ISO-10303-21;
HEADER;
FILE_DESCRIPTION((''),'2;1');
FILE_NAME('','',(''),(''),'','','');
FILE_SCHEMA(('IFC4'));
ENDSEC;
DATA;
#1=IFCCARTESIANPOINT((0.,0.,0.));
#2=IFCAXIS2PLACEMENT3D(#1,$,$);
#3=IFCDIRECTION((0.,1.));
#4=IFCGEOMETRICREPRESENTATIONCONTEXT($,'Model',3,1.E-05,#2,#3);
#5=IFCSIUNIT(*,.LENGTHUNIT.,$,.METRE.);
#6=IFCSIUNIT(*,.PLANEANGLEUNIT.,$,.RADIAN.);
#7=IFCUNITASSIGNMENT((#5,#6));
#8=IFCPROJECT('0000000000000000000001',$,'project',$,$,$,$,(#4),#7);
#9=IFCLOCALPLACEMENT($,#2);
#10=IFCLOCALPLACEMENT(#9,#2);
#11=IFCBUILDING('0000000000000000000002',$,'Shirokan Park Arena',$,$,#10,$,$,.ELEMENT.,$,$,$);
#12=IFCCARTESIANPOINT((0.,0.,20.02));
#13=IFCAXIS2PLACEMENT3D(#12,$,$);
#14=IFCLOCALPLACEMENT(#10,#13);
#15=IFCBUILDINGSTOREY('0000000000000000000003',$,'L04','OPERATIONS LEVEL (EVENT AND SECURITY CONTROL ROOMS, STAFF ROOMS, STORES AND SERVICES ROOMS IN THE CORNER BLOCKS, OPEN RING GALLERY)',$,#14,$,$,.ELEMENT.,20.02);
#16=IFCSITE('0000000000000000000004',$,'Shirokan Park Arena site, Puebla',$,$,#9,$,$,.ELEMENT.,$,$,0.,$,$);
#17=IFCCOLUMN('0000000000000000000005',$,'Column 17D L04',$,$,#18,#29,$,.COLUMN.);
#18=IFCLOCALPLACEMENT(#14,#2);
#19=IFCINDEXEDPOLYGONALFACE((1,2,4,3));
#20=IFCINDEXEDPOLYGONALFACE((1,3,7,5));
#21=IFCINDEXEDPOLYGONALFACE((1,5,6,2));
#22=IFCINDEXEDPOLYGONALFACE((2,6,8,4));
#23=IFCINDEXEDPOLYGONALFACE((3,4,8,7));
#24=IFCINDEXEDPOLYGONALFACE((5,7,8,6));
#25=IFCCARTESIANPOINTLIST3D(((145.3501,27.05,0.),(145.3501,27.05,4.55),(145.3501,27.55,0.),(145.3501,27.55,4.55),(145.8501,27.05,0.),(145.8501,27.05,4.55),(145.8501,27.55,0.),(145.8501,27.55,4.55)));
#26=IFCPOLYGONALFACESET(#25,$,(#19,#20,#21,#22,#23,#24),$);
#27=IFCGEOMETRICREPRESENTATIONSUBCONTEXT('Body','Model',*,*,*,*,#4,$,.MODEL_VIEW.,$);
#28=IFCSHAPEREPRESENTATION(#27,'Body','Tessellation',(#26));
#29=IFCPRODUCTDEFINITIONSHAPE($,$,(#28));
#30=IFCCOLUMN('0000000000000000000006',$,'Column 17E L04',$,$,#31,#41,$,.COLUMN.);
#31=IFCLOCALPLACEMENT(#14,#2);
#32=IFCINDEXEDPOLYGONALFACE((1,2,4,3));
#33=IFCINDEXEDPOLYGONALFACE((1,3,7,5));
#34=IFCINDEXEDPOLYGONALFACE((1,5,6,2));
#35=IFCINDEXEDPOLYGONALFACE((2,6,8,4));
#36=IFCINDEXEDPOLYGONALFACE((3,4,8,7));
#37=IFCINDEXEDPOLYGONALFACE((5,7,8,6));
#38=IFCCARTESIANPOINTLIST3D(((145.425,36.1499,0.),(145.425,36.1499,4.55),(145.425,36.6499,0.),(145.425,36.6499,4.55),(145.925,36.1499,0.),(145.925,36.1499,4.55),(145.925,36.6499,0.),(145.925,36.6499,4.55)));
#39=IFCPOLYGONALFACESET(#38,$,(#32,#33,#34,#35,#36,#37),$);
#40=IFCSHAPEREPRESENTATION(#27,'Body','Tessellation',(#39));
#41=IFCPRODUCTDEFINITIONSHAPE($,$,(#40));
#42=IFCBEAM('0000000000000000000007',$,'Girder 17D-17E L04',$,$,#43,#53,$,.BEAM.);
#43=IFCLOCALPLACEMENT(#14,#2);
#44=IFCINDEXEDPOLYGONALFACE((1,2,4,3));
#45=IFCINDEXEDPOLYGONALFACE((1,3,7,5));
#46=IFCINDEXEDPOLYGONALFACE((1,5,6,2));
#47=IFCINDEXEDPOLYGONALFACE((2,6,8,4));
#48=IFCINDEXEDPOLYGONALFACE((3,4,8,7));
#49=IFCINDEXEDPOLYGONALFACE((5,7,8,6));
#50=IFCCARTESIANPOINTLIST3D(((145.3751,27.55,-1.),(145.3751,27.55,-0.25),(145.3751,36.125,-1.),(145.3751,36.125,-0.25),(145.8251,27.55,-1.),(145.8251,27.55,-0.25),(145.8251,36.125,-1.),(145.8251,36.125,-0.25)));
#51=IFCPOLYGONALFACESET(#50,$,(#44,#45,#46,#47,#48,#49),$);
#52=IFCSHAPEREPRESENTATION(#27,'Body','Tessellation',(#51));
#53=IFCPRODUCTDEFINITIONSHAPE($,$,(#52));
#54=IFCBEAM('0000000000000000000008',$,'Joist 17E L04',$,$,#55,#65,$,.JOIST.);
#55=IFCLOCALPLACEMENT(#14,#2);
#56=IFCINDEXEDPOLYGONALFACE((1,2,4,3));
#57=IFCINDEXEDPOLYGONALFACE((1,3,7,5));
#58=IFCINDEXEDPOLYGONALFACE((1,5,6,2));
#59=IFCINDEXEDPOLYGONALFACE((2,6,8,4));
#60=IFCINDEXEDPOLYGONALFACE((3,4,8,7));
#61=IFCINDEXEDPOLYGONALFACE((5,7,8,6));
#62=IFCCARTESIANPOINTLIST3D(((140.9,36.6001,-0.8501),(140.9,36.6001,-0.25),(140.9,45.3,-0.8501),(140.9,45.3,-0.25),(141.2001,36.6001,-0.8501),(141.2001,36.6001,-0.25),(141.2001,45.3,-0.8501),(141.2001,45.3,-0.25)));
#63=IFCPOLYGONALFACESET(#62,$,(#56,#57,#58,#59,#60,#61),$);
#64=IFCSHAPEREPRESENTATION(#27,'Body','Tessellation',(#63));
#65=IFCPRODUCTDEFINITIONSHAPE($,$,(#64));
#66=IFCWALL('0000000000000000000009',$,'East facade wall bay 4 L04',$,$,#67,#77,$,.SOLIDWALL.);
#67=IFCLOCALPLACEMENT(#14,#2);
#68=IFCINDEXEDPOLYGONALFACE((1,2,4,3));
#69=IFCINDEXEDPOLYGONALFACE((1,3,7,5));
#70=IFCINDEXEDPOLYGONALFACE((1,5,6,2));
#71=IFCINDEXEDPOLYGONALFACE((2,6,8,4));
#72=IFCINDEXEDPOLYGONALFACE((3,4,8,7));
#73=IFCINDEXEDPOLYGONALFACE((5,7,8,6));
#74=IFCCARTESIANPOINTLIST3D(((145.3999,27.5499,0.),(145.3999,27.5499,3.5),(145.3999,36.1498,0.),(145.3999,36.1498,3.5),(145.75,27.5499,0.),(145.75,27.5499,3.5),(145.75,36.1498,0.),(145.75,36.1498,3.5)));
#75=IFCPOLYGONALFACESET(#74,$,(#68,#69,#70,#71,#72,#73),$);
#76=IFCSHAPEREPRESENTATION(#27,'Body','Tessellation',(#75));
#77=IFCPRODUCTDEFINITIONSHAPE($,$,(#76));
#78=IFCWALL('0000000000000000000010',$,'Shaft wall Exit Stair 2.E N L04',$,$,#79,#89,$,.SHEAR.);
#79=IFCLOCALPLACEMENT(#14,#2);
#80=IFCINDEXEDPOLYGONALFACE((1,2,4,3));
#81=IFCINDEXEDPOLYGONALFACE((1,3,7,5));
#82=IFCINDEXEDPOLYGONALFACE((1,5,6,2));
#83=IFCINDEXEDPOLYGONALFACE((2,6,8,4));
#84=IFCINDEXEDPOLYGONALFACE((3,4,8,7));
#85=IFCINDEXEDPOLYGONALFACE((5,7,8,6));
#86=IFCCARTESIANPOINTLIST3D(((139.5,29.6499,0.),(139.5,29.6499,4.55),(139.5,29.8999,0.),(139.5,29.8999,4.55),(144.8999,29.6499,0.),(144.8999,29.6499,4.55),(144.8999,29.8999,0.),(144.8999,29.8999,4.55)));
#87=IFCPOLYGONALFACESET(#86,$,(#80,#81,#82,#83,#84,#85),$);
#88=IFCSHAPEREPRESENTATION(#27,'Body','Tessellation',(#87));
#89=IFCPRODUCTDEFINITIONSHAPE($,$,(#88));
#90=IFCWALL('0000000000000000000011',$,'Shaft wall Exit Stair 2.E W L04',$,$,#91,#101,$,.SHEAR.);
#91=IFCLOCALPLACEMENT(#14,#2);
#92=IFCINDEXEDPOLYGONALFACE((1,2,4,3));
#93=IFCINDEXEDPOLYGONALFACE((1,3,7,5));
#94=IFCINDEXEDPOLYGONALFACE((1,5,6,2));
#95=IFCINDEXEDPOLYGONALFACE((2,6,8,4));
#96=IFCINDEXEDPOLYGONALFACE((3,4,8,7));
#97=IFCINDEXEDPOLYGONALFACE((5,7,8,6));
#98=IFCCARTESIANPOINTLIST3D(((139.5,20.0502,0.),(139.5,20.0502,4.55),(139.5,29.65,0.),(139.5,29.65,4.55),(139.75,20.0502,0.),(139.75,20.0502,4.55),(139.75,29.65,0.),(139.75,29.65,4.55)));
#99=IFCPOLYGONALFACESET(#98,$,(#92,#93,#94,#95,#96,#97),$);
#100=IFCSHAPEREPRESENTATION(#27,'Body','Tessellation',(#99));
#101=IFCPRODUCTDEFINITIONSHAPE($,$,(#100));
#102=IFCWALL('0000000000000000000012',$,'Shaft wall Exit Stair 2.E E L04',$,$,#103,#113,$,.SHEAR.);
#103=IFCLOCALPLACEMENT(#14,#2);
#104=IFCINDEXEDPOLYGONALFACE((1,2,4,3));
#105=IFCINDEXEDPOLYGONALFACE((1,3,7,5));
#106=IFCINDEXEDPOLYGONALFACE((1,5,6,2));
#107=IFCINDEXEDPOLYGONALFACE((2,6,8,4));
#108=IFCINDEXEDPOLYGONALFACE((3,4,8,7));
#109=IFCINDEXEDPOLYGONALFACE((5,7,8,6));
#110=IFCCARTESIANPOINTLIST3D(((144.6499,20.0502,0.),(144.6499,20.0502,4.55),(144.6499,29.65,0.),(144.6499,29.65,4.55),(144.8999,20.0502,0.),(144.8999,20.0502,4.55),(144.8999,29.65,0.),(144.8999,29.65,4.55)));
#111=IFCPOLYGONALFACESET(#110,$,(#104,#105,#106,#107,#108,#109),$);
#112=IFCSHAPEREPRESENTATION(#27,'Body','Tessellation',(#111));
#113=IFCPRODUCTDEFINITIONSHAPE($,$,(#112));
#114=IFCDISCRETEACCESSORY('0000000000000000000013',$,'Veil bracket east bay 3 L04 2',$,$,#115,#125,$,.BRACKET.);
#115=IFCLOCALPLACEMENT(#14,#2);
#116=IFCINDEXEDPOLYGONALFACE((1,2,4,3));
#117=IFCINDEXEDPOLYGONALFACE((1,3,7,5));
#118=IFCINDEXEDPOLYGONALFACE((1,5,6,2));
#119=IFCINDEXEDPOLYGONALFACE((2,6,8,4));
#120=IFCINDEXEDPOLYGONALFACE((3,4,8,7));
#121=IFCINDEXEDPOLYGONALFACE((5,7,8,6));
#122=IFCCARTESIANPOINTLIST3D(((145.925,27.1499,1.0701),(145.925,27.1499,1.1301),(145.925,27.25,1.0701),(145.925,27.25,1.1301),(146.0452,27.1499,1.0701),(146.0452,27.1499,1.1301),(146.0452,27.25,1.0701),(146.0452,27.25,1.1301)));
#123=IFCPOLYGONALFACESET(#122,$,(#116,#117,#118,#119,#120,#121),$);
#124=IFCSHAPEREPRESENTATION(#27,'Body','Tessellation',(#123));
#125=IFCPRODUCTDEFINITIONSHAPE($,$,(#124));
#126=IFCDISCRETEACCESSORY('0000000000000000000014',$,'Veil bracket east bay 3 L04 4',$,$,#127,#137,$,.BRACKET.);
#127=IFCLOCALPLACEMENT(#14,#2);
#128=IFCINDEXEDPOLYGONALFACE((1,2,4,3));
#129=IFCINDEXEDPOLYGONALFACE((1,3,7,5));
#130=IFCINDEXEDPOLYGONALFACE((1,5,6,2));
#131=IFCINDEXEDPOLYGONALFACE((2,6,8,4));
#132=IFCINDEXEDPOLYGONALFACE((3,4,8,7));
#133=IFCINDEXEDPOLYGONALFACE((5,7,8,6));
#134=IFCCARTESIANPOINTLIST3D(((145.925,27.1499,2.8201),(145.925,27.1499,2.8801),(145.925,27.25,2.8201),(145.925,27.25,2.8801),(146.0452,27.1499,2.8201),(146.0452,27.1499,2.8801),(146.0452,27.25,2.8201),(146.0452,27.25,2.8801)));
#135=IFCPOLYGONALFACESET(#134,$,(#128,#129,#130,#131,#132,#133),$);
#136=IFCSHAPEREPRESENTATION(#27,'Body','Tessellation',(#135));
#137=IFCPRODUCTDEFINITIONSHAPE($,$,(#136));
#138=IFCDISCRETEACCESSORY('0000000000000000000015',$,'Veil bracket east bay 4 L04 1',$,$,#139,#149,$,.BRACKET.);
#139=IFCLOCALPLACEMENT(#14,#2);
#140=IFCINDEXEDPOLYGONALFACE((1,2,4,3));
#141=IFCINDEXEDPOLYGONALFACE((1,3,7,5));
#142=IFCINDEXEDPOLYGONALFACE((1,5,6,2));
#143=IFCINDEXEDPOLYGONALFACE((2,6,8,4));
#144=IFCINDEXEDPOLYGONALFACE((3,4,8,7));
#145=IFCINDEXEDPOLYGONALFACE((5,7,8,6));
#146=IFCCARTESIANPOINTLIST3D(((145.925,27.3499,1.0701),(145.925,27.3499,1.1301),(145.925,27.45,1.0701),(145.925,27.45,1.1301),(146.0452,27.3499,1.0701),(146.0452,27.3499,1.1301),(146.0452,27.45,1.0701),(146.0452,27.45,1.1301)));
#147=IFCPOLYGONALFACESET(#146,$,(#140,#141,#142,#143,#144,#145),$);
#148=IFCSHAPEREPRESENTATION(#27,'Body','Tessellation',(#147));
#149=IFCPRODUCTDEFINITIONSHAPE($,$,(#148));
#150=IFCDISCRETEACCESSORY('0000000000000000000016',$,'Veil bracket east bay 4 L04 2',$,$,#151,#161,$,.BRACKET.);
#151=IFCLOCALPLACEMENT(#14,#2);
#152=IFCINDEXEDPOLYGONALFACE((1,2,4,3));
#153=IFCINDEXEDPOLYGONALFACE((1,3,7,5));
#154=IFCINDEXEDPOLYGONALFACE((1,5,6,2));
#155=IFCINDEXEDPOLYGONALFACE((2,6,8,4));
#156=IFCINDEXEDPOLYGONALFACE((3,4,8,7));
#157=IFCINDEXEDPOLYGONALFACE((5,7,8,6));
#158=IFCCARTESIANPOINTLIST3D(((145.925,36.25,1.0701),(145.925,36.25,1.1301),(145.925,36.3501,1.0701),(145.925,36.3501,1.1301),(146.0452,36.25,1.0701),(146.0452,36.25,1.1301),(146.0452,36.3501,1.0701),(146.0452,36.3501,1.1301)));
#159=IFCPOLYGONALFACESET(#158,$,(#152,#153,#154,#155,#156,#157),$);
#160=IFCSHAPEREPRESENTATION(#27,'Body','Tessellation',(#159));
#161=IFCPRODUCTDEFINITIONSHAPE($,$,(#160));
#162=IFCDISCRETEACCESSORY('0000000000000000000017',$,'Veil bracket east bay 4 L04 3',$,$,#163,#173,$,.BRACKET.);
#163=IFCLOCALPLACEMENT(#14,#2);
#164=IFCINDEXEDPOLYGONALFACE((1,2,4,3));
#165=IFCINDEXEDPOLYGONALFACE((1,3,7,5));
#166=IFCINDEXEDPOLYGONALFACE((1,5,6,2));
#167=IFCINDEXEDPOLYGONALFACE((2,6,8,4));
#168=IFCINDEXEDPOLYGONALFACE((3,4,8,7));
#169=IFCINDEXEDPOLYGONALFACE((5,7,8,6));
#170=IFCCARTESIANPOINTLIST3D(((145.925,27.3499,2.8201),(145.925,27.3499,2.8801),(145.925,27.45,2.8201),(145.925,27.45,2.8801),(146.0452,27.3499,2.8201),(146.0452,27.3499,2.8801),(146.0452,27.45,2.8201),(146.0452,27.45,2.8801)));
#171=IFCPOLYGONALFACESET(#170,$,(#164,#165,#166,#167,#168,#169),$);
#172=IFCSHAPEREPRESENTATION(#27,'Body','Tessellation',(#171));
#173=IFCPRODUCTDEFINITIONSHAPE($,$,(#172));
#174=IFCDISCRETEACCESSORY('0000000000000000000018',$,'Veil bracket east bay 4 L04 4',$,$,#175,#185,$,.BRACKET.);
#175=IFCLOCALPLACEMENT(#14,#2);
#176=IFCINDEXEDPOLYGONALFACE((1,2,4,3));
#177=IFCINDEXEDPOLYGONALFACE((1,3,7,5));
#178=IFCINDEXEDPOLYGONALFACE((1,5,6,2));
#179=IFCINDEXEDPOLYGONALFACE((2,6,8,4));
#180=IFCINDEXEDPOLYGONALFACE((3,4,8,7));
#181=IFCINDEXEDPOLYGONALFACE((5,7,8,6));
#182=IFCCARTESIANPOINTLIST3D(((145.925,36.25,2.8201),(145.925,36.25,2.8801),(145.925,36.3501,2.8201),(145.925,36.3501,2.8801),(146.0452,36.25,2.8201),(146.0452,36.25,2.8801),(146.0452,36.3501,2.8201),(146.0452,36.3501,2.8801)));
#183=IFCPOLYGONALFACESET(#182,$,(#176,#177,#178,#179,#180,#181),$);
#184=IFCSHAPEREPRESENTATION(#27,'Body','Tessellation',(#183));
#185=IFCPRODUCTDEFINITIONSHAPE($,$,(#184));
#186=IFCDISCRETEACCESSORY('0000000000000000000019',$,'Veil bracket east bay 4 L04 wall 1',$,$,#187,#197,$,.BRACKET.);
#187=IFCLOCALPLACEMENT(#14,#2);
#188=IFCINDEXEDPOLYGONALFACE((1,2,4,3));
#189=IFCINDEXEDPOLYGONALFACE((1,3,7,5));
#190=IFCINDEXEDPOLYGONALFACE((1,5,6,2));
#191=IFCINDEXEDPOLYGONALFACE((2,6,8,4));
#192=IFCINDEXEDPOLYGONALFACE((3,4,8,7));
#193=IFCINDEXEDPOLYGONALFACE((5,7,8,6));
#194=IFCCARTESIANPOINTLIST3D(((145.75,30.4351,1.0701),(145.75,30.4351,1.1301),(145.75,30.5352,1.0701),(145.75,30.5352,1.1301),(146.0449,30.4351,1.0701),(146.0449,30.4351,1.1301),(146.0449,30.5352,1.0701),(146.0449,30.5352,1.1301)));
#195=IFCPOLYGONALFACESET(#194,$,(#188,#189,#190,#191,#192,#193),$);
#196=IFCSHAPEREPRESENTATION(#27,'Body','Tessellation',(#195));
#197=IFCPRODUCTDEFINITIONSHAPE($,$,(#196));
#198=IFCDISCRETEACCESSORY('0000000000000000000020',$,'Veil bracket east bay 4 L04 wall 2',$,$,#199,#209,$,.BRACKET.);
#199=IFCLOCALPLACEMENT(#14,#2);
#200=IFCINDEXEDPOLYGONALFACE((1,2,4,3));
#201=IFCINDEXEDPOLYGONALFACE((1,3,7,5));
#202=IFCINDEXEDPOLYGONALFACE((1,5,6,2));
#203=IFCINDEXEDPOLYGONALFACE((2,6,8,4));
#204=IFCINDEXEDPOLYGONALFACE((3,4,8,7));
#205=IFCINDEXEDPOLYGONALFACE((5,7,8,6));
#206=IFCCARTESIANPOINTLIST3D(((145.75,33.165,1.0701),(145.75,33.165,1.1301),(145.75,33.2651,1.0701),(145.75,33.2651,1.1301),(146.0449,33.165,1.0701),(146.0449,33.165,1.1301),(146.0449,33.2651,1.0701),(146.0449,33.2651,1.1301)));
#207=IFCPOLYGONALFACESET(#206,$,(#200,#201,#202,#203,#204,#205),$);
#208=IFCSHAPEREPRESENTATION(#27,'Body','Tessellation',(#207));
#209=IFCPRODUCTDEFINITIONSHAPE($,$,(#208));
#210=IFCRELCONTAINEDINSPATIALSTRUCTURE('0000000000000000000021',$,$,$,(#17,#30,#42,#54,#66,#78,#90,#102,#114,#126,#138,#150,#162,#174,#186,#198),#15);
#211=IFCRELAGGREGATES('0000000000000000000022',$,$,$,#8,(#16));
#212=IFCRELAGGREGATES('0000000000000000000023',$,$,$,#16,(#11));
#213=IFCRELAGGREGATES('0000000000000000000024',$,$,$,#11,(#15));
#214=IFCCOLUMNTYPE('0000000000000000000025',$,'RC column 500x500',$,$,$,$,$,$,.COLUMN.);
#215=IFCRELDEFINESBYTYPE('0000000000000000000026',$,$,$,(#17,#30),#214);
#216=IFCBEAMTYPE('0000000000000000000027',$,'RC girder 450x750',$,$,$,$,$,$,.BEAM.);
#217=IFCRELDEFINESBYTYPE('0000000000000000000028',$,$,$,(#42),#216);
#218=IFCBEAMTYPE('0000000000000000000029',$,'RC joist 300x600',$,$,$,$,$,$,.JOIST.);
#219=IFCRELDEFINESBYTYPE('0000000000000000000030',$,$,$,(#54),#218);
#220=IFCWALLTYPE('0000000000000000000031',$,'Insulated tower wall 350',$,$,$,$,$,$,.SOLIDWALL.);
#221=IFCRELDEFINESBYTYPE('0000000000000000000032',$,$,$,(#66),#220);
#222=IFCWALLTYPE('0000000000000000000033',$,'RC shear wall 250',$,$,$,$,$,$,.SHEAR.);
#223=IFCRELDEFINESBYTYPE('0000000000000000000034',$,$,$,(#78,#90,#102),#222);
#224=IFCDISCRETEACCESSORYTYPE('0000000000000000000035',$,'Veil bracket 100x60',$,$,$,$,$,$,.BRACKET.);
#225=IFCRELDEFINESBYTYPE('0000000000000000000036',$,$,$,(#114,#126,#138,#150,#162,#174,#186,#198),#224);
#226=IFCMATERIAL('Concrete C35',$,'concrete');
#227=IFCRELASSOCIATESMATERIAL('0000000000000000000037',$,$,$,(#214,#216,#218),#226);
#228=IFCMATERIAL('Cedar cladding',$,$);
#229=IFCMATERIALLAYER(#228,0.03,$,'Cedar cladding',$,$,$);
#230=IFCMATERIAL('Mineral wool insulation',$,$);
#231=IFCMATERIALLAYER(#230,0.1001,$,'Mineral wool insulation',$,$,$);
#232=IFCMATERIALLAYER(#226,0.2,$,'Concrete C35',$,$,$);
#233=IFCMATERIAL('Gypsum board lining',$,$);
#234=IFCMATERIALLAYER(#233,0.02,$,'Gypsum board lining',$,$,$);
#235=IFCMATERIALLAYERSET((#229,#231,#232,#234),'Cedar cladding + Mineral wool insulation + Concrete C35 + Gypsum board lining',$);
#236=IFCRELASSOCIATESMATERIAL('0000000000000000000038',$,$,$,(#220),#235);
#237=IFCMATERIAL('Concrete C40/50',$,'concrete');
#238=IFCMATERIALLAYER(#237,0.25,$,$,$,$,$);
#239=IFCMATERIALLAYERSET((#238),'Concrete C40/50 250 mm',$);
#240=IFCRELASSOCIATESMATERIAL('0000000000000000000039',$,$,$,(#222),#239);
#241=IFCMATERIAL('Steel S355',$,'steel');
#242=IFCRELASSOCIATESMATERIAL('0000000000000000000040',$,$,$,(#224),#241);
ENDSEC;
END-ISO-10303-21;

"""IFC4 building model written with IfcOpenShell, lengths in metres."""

from ifc_helpers import new_model, si_unit, direction, frame, frame_2d, origin, origin_2d, place, context, subcontext, project, spatial, rectangle, extrude, material, layer, layer_set, material_profile, profile_set, type_object, element, save


model = new_model("IFC4")

# Units and contexts
model_context = context("Model", 3, precision=1e-05, world=origin(), true_north=direction((0.0, 1.0)))
body_context = subcontext(model_context, "Body", "Model", "MODEL_VIEW")
ifc_project = project(units=[si_unit("LENGTHUNIT", "METRE"), si_unit("PLANEANGLEUNIT", "RADIAN")], contexts=[model_context])

# Site, building, storey
site_placement = place(None, origin())
site = spatial("IfcSite", under=ifc_project, at=site_placement, Name="Shirokan Park Arena site, Puebla", CompositionType="ELEMENT", RefElevation=0.0)
building_placement = place(site_placement, origin())
building = spatial("IfcBuilding", under=site, at=building_placement, Name="Shirokan Park Arena", CompositionType="ELEMENT")
storey_placement = place(building_placement, frame((0.0, 0.0, 20.02)))
storey = spatial("IfcBuildingStorey", under=building, at=storey_placement, Name="L04", Description="OPERATIONS LEVEL (EVENT AND SECURITY CONTROL ROOMS, STAFF ROOMS, STORES AND SERVICES ROOMS IN THE CORNER BLOCKS, OPEN RING GALLERY)", CompositionType="ELEMENT", Elevation=20.02)

# Columns
ifc_material_1 = material(Name="Concrete C35", Category="concrete")
ifc_material_profile_1 = material_profile(ifc_material_1, rectangle(XDim=0.5, YDim=0.5, at=origin_2d()), Name="500x500")
ifc_profile_set_1 = profile_set([ifc_material_profile_1], Name="Concrete C35")
column_type = type_object("IfcColumnType", Name="RC column 500x500", PredefinedType="COLUMN", material=ifc_profile_set_1)
for number, where, z_axis, x_axis, name in (
    (1, (145.6001, 27.3, 0.0), (0.0, 0.0, 1.0), (1.0, 0.0, 0.0), "Column 17D L04"),
    (2, (145.675, 36.3999, 0.0), (0.0, 0.0, 1.0), (1.0, 0.0, 0.0), "Column 17E L04"),
):
    element("IfcColumn", number, at=place(storey_placement, frame(where, z_axis=z_axis, x_axis=x_axis)), inside=storey, type_object=column_type, Name=name, PredefinedType="COLUMN", context=body_context, shape_type="SweptSolid", body=[
        extrude(rectangle(XDim=0.5, YDim=0.5, at=origin_2d()), origin(), (0.0, 0.0, 1.0), 4.55),
    ])

# Beams
ifc_material_profile_2 = material_profile(ifc_material_1, rectangle(XDim=0.45, YDim=0.75, at=origin_2d()), Name="450x750")
ifc_profile_set_2 = profile_set([ifc_material_profile_2], Name="Concrete C35")
beam_type_1 = type_object("IfcBeamType", Name="RC girder 450x750", PredefinedType="BEAM", material=ifc_profile_set_2)
beam_1_placement = place(storey_placement, frame((145.6001, 27.55, -0.625), z_axis=(0.0, 1.0, 0.0), x_axis=(-1.0, 0.0, 0.0)))
element("IfcBeam", 3, at=beam_1_placement, inside=storey, type_object=beam_type_1, Name="Girder 17D-17E L04", PredefinedType="BEAM", context=body_context, shape_type="SweptSolid", body=[
    extrude(rectangle(XDim=0.45, YDim=0.75, at=origin_2d()), origin(), (0.0, 0.0, 1.0), 8.575),
])
ifc_material_profile_3 = material_profile(ifc_material_1, rectangle(XDim=0.3, YDim=0.6001, at=origin_2d()), Name="300x600")
ifc_profile_set_3 = profile_set([ifc_material_profile_3], Name="Concrete C35")
beam_type_2 = type_object("IfcBeamType", Name="RC joist 300x600", PredefinedType="JOIST", material=ifc_profile_set_3)
beam_2_placement = place(storey_placement, frame((141.05, 36.6001, -0.55), z_axis=(0.0, 1.0, 0.0), x_axis=(-1.0, 0.0, 0.0)))
element("IfcBeam", 4, at=beam_2_placement, inside=storey, type_object=beam_type_2, Name="Joist 17E L04", PredefinedType="JOIST", context=body_context, shape_type="SweptSolid", body=[
    extrude(rectangle(XDim=0.3, YDim=0.6001, at=origin_2d()), origin(), (0.0, 0.0, 1.0), 8.7),
])

# Walls
ifc_material_2 = material(Name="Cedar cladding")
ifc_layer_1 = layer(ifc_material_2, 0.03, Name="Cedar cladding")
ifc_material_3 = material(Name="Mineral wool insulation")
ifc_layer_2 = layer(ifc_material_3, 0.1001, Name="Mineral wool insulation")
ifc_layer_3 = layer(ifc_material_1, 0.2, Name="Concrete C35")
ifc_material_4 = material(Name="Gypsum board lining")
ifc_layer_4 = layer(ifc_material_4, 0.02, Name="Gypsum board lining")
ifc_layer_set_1 = layer_set([ifc_layer_1, ifc_layer_2, ifc_layer_3, ifc_layer_4], Name="Cedar cladding + Mineral wool insulation + Concrete C35 + Gypsum board lining")
wall_type_1 = type_object("IfcWallType", Name="Insulated tower wall 350", PredefinedType="SOLIDWALL", material=ifc_layer_set_1)
wall_1_placement = place(storey_placement, frame((145.575, 27.55, 0.0), z_axis=(0.0, 0.0, 1.0), x_axis=(0.0, 1.0, 0.0)))
element("IfcWall", 5, at=wall_1_placement, inside=storey, type_object=wall_type_1, Name="East facade wall bay 4 L04", PredefinedType="SOLIDWALL", context=body_context, shape_type="SweptSolid", body=[
    extrude(rectangle(XDim=8.5999, YDim=0.3501, at=frame_2d((4.2998, 0.0))), origin(), (0.0, 0.0, 1.0), 3.5),
])
ifc_material_5 = material(Name="Concrete C40/50", Category="concrete")
ifc_layer_5 = layer(ifc_material_5, 0.25)
ifc_layer_set_2 = layer_set([ifc_layer_5], Name="Concrete C40/50 250 mm")
wall_type_2 = type_object("IfcWallType", Name="RC shear wall 250", PredefinedType="SHEAR", material=ifc_layer_set_2)
wall_2_placement = place(storey_placement, frame((144.8999, 29.7749, 0.0), z_axis=(0.0, 0.0, 1.0), x_axis=(-1.0, 0.0, 0.0)))
element("IfcWall", 6, at=wall_2_placement, inside=storey, type_object=wall_type_2, Name="Shaft wall Exit Stair 2.E N L04", PredefinedType="SHEAR", context=body_context, shape_type="SweptSolid", body=[
    extrude(rectangle(XDim=5.3999, YDim=0.25, at=frame_2d((2.7, 0.0))), origin(), (0.0, 0.0, 1.0), 4.55),
])
for number, where, z_axis, x_axis, name in (
    (7, (139.625, 29.6499, 0.0), (0.0, 0.0, 1.0), (0.0, -1.0, 0.0), "Shaft wall Exit Stair 2.E W L04"),
    (8, (144.7749, 29.6499, 0.0), (0.0, 0.0, 1.0), (0.0, -1.0, 0.0), "Shaft wall Exit Stair 2.E E L04"),
):
    element("IfcWall", number, at=place(storey_placement, frame(where, z_axis=z_axis, x_axis=x_axis)), inside=storey, type_object=wall_type_2, Name=name, PredefinedType="SHEAR", context=body_context, shape_type="SweptSolid", body=[
        extrude(rectangle(XDim=9.5999, YDim=0.25, at=frame_2d((4.7998, 0.0))), origin(), (0.0, 0.0, 1.0), 4.55),
    ])

# Discrete accessories
ifc_material_6 = material(Name="Steel S355", Category="steel")
discrete_accessory_type = type_object("IfcDiscreteAccessoryType", Name="Veil bracket 100x60", PredefinedType="BRACKET", material=ifc_material_6)
for number, where, z_axis, x_axis, name in (
    (9, (145.9851, 27.2, 1.0701), (0.0, 0.0, 1.0), (0.0, 1.0, 0.0), "Veil bracket east bay 3 L04 2"),
    (10, (145.9851, 27.2, 2.8201), (0.0, 0.0, 1.0), (0.0, 1.0, 0.0), "Veil bracket east bay 3 L04 4"),
    (11, (145.9851, 27.3999, 1.0701), (0.0, 0.0, 1.0), (0.0, 1.0, 0.0), "Veil bracket east bay 4 L04 1"),
    (12, (145.9851, 36.3, 1.0701), (0.0, 0.0, 1.0), (0.0, 1.0, 0.0), "Veil bracket east bay 4 L04 2"),
    (13, (145.9851, 27.3999, 2.8201), (0.0, 0.0, 1.0), (0.0, 1.0, 0.0), "Veil bracket east bay 4 L04 3"),
    (14, (145.9851, 36.3, 2.8201), (0.0, 0.0, 1.0), (0.0, 1.0, 0.0), "Veil bracket east bay 4 L04 4"),
):
    element("IfcDiscreteAccessory", number, at=place(storey_placement, frame(where, z_axis=z_axis, x_axis=x_axis)), inside=storey, type_object=discrete_accessory_type, Name=name, PredefinedType="BRACKET", context=body_context, shape_type="SweptSolid", body=[
        extrude(rectangle(XDim=0.1001, YDim=0.1201, at=origin_2d()), origin(), (0.0, 0.0, 1.0), 0.0601),
    ])
for number, where, z_axis, x_axis, name in (
    (15, (145.8975, 30.4851, 1.0701), (0.0, 0.0, 1.0), (0.0, 1.0, 0.0), "Veil bracket east bay 4 L04 wall 1"),
    (16, (145.8975, 33.2151, 1.0701), (0.0, 0.0, 1.0), (0.0, 1.0, 0.0), "Veil bracket east bay 4 L04 wall 2"),
):
    element("IfcDiscreteAccessory", number, at=place(storey_placement, frame(where, z_axis=z_axis, x_axis=x_axis)), inside=storey, type_object=discrete_accessory_type, Name=name, PredefinedType="BRACKET", context=body_context, shape_type="SweptSolid", body=[
        extrude(rectangle(XDim=0.1001, YDim=0.2949, at=origin_2d()), origin(), (0.0, 0.0, 1.0), 0.0601),
    ])

save(model, "model.ifc")
